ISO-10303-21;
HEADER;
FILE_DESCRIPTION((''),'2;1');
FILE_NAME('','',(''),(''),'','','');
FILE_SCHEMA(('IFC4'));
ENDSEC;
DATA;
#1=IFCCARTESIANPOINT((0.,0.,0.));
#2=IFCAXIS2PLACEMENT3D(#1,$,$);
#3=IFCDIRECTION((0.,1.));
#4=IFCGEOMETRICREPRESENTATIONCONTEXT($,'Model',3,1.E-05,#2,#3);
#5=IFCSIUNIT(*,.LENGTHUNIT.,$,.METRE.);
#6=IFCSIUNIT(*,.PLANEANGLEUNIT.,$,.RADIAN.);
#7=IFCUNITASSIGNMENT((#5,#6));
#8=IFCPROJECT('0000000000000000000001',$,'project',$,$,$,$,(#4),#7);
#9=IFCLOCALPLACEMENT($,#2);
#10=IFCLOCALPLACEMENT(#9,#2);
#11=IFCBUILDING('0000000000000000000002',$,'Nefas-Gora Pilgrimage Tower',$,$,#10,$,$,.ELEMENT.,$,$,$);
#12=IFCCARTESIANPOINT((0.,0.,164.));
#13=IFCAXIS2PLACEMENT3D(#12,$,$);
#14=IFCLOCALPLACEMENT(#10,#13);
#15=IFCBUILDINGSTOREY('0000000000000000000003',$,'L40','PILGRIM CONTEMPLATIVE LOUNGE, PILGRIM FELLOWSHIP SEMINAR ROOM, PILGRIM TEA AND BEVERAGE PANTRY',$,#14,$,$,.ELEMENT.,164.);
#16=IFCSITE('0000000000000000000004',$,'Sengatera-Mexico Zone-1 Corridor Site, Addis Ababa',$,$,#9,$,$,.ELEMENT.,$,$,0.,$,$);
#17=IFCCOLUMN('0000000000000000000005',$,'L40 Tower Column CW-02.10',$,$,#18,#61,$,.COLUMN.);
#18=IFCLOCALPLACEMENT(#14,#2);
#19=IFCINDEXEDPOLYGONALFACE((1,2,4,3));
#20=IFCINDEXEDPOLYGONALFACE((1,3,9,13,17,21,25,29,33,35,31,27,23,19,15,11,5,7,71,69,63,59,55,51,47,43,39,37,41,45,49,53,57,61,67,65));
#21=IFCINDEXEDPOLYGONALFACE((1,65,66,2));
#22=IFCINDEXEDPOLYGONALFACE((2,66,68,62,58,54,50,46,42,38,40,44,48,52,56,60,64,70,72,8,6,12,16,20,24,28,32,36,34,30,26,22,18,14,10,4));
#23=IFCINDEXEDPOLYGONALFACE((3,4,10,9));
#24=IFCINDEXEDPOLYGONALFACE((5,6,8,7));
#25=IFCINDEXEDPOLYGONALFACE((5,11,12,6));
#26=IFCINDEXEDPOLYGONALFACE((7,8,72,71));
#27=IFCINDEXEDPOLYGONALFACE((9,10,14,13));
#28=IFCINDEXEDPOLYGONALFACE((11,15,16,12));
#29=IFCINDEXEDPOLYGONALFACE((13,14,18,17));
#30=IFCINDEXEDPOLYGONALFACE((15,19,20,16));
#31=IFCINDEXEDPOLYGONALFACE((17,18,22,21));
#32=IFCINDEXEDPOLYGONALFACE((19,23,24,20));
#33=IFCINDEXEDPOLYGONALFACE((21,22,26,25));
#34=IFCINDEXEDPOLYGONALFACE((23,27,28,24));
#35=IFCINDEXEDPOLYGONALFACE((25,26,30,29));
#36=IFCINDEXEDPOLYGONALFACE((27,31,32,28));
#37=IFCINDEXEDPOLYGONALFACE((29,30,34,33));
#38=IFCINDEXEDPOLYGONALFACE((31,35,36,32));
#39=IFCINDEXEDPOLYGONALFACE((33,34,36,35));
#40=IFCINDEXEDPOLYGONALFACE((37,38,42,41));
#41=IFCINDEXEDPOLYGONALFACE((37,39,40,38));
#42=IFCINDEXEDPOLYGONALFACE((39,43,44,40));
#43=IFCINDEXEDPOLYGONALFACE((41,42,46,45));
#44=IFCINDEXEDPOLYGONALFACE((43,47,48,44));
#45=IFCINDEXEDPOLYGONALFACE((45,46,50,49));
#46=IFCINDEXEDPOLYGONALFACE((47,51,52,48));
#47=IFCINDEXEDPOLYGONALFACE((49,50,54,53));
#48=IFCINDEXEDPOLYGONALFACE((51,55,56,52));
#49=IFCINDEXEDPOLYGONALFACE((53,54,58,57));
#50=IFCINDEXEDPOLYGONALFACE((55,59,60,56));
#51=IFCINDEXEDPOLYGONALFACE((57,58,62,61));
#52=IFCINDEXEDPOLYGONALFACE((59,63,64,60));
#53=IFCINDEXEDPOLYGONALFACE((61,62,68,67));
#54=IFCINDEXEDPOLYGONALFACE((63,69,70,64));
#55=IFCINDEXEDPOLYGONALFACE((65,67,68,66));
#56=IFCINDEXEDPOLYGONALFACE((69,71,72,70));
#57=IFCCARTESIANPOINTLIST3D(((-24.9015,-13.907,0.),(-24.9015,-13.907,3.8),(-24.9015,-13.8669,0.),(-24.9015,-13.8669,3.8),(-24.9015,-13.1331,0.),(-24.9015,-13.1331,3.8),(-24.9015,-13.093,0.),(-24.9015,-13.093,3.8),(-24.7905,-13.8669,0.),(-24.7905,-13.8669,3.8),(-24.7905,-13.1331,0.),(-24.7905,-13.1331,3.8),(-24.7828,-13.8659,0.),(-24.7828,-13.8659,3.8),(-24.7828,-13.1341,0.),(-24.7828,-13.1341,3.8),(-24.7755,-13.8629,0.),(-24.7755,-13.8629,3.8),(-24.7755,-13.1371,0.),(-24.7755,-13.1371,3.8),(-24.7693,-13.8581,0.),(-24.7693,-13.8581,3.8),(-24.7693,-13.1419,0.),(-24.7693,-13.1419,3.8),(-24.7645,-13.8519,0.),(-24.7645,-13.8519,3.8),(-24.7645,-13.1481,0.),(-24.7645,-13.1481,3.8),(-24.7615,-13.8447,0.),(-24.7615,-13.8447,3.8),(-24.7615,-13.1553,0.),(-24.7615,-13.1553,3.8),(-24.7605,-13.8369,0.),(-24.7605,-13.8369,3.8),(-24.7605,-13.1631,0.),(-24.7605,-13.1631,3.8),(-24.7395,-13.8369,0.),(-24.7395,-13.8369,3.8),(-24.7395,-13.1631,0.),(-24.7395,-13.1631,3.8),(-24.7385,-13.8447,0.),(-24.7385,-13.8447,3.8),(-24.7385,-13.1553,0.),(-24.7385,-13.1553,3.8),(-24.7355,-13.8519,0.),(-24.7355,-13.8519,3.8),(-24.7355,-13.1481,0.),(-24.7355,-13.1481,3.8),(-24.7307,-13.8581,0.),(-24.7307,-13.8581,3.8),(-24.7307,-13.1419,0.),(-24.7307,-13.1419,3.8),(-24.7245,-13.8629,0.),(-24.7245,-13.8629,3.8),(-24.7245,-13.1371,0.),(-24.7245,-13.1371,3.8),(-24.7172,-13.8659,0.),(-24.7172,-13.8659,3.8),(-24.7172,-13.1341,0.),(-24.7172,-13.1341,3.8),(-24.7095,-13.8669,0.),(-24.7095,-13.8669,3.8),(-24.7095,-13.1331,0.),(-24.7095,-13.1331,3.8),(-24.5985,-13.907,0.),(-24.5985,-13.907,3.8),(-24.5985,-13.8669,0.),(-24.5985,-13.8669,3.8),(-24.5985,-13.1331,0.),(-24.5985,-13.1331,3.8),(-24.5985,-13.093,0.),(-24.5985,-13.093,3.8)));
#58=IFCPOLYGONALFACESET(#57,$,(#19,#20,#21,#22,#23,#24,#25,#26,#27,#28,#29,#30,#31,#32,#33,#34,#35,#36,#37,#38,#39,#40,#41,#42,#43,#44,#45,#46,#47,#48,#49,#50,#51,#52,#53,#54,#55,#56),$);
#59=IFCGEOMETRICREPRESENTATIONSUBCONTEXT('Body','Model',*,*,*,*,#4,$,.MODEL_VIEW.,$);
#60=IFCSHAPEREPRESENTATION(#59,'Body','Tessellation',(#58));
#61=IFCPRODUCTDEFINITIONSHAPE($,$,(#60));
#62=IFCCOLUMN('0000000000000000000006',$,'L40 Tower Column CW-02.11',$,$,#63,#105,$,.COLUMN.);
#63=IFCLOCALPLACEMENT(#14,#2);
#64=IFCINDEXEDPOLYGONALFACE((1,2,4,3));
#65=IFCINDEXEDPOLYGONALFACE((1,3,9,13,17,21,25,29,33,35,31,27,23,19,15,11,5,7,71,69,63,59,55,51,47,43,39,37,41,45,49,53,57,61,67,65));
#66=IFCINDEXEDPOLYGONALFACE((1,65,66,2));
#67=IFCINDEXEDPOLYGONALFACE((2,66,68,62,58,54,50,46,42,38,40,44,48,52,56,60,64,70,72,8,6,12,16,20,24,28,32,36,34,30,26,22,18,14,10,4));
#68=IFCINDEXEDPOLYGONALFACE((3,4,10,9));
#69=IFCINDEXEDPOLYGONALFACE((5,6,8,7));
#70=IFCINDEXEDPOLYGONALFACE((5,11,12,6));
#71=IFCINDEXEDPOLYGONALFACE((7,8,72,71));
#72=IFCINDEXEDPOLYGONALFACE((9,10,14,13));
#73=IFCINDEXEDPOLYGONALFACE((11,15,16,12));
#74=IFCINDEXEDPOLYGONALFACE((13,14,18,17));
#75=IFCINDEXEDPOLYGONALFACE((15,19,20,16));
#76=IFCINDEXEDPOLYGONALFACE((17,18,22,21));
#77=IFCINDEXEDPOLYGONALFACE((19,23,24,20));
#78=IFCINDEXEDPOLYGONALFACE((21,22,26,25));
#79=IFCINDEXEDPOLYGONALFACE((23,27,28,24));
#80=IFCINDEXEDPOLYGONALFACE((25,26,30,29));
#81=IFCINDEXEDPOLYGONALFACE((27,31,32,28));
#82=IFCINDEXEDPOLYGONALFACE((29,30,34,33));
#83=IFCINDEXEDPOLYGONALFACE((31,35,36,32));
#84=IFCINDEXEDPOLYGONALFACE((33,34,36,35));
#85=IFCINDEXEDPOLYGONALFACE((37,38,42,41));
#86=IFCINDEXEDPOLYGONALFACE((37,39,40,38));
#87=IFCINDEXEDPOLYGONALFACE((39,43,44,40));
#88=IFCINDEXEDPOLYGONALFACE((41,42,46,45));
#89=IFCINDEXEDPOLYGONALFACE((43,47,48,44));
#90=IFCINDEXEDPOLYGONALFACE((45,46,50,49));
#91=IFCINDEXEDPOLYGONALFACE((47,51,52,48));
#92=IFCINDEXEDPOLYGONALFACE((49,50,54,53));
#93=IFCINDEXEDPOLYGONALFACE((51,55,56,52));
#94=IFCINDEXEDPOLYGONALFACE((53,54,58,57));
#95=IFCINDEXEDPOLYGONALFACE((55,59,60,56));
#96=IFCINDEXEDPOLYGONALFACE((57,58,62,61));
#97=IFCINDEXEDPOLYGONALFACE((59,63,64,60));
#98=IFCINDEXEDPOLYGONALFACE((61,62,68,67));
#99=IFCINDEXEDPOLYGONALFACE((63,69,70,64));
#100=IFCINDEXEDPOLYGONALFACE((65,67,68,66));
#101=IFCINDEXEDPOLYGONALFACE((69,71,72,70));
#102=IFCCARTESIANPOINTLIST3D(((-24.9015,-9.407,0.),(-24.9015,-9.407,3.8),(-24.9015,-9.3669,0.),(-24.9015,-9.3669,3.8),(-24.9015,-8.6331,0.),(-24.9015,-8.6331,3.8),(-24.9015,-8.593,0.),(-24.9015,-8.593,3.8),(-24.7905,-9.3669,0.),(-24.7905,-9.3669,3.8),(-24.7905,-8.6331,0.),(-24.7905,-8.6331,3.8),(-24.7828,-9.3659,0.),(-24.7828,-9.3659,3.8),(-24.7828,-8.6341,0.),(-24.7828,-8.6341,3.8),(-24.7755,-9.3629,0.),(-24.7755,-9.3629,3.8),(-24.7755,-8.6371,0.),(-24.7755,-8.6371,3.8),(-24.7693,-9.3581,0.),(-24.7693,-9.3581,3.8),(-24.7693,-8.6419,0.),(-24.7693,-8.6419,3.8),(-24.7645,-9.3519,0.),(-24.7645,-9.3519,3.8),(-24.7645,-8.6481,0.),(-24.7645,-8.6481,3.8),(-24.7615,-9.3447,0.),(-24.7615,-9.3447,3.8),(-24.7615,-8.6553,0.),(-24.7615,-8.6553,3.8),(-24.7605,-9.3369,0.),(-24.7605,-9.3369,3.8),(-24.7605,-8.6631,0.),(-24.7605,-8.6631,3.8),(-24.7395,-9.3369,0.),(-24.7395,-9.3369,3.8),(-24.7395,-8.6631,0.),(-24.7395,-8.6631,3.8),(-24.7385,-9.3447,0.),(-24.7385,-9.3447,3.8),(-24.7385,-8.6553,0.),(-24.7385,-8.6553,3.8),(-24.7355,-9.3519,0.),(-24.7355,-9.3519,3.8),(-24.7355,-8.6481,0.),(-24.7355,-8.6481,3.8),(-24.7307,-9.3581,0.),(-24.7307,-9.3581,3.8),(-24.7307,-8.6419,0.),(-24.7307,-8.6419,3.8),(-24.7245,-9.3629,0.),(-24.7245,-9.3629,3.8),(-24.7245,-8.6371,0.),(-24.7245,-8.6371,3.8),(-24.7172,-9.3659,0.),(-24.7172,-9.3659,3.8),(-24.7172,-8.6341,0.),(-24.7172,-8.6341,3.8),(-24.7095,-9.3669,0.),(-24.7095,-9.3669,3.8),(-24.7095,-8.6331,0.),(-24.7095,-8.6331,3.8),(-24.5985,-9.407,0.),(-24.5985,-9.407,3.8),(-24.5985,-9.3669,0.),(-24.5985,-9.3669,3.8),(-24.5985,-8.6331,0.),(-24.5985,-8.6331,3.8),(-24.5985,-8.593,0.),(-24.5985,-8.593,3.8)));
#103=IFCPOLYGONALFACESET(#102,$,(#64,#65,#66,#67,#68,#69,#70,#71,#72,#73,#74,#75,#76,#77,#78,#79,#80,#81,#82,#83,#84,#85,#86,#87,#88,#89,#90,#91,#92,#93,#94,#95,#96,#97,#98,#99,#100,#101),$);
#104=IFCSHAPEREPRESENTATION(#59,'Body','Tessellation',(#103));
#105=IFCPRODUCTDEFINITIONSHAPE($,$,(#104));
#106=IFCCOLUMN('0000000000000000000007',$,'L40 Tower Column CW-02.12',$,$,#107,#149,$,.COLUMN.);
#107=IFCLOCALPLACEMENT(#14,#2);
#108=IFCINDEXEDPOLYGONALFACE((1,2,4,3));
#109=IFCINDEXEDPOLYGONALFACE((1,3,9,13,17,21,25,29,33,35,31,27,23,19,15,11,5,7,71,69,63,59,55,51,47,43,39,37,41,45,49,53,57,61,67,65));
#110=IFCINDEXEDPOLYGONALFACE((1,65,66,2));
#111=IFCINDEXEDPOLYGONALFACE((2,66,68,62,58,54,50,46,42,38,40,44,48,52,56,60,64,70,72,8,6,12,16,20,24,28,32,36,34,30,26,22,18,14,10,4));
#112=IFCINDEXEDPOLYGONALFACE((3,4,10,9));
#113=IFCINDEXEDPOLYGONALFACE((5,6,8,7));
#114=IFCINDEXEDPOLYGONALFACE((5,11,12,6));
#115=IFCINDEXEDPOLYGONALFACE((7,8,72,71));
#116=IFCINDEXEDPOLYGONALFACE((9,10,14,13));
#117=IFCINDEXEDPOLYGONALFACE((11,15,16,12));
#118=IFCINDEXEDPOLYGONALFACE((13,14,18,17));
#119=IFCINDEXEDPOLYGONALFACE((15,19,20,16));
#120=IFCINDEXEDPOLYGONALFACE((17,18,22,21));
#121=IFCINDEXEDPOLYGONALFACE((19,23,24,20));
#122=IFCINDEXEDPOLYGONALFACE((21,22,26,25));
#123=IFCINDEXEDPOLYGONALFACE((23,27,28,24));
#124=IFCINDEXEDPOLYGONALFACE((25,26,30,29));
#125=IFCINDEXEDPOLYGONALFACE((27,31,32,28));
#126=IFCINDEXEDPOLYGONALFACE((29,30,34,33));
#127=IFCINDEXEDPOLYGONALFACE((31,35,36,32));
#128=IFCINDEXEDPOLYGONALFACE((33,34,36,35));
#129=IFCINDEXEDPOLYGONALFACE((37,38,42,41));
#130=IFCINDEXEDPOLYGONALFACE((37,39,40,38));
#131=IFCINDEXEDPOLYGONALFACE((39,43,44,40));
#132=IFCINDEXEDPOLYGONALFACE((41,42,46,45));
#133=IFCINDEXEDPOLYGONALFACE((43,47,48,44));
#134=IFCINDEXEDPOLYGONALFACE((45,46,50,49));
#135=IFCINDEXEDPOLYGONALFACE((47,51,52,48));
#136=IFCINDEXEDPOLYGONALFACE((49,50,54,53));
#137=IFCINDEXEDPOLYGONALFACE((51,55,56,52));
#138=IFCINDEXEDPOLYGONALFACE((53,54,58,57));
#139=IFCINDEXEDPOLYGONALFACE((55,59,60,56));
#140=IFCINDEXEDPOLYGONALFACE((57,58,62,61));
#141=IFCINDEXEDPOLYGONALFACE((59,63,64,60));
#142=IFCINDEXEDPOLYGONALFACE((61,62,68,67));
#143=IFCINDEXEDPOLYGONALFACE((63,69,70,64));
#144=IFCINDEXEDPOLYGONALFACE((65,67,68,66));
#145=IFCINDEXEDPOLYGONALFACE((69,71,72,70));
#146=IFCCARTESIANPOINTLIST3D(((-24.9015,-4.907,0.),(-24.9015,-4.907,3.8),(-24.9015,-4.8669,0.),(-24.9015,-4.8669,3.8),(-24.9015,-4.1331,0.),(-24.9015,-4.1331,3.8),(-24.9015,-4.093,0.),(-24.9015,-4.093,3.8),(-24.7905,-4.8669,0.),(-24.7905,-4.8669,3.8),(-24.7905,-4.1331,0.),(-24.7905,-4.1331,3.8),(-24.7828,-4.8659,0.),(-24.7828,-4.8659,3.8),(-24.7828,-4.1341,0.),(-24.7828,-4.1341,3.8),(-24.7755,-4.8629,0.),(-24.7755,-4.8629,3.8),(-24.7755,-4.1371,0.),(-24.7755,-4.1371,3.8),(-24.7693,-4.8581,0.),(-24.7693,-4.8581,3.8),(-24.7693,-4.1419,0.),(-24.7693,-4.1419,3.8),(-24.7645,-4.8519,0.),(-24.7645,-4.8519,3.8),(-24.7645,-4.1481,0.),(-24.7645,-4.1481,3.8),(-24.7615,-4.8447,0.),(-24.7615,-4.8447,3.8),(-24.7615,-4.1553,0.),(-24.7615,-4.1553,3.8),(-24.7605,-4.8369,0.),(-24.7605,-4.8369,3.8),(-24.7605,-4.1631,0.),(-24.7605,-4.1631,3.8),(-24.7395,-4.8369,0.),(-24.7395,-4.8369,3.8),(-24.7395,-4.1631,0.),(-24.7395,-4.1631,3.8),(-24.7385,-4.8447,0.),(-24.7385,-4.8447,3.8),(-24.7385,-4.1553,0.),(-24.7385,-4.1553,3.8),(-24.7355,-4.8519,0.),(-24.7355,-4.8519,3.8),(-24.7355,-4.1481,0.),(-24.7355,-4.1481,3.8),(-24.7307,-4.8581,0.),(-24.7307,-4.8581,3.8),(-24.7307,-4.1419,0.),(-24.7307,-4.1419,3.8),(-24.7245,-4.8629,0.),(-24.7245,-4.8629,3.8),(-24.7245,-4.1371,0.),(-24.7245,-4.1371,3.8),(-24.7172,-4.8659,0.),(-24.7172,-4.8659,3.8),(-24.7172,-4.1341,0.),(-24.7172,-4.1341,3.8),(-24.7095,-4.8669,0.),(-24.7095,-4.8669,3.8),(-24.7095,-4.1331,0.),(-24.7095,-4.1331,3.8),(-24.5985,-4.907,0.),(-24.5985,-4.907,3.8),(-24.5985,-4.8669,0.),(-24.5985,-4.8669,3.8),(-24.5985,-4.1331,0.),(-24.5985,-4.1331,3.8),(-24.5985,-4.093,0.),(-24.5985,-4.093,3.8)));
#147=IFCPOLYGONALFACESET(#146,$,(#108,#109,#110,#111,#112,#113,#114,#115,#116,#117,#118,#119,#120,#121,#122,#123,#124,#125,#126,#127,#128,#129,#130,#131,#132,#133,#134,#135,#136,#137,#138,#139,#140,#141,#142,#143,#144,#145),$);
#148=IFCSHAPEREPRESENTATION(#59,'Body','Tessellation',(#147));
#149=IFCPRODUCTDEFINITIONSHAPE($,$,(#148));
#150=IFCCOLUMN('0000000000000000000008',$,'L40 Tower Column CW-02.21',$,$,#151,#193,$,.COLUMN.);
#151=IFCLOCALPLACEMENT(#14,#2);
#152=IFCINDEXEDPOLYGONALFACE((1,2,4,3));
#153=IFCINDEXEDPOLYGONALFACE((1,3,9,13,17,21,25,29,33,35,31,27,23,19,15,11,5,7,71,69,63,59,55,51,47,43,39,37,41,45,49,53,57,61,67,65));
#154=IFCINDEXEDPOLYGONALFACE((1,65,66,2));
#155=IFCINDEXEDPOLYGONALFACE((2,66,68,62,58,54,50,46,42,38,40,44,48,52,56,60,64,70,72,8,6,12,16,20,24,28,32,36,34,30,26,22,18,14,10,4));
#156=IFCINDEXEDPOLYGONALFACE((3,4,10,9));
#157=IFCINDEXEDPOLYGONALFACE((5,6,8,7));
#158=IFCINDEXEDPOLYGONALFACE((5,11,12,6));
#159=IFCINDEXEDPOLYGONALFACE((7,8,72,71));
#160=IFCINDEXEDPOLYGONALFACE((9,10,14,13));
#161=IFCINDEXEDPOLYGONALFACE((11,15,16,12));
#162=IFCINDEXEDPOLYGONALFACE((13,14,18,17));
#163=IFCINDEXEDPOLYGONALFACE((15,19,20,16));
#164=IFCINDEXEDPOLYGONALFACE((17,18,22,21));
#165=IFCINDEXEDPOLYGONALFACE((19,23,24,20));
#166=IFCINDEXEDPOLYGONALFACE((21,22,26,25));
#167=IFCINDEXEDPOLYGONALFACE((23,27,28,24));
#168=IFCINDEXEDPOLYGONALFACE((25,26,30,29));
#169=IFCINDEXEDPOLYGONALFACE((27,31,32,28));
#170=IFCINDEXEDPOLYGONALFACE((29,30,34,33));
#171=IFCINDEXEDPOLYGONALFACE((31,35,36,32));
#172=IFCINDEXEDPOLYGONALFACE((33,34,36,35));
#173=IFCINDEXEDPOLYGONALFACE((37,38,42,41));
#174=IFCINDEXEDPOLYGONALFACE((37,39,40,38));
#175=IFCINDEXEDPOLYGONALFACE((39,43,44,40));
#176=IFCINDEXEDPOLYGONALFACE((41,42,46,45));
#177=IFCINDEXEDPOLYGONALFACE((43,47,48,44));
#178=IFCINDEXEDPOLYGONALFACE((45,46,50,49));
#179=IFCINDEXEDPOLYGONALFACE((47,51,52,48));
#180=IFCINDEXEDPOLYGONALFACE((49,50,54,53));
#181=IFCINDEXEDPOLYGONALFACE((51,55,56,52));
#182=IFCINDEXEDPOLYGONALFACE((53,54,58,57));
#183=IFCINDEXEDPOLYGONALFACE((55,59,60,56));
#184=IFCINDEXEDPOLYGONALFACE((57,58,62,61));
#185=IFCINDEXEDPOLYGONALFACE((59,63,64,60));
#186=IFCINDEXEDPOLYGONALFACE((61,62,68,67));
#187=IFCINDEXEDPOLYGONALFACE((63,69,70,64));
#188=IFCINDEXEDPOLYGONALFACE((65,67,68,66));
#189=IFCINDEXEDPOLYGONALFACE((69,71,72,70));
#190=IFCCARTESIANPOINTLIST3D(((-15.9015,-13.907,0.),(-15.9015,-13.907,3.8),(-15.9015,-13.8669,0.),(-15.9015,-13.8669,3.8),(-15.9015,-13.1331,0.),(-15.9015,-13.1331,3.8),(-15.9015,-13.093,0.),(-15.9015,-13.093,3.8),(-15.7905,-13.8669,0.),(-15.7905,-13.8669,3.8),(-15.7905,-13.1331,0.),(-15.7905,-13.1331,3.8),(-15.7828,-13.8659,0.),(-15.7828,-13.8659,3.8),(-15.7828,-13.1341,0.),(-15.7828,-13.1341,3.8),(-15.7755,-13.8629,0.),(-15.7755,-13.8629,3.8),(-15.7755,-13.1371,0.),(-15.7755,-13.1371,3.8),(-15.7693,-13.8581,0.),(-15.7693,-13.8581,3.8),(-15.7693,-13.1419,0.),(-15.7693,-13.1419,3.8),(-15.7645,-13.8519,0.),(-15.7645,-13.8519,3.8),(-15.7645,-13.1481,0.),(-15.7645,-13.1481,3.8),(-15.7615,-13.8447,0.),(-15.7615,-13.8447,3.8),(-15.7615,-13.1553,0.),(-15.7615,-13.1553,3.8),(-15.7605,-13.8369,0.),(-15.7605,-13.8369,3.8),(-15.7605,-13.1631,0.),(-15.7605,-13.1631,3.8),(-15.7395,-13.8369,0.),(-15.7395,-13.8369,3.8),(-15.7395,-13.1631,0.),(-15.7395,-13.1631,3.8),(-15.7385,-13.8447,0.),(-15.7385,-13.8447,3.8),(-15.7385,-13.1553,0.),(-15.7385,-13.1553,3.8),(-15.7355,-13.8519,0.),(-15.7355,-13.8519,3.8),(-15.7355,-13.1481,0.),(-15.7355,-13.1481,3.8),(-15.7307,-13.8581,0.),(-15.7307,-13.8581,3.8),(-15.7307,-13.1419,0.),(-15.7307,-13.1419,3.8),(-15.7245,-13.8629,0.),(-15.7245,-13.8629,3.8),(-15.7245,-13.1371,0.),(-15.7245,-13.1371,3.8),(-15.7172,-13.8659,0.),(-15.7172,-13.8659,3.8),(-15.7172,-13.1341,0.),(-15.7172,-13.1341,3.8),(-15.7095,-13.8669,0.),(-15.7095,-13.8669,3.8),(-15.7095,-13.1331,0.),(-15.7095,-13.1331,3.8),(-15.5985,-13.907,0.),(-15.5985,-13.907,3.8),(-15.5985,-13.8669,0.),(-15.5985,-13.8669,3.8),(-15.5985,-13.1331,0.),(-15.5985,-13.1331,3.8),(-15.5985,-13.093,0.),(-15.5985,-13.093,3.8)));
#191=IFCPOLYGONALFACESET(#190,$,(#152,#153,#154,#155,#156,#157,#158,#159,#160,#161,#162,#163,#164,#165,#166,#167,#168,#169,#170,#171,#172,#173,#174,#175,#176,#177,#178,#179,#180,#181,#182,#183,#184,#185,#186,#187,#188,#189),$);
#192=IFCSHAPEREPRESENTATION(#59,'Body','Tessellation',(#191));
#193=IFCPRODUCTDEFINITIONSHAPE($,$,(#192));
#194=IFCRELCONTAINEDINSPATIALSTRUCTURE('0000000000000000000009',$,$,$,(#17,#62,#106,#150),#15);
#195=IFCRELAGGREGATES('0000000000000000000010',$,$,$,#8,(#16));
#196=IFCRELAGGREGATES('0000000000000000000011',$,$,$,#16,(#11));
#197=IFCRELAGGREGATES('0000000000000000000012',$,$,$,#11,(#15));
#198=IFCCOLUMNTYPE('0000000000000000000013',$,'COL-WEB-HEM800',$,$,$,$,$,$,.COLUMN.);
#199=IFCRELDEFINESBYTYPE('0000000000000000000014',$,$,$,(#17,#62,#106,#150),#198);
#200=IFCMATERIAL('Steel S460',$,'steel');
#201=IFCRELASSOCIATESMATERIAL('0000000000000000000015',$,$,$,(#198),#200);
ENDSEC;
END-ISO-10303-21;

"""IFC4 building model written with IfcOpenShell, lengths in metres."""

from ifc_helpers import new_model, si_unit, direction, frame, origin, origin_2d, place, context, subcontext, project, spatial, i_section, extrude, source, transform, mapped, material, material_profile, profile_set, type_object, element, save


model = new_model("IFC4")

# Units and contexts
model_context = context("Model", 3, precision=1e-05, world=origin(), true_north=direction((0.0, 1.0)))
body_context = subcontext(model_context, "Body", "Model", "MODEL_VIEW")
ifc_project = project(units=[si_unit("LENGTHUNIT", "METRE"), si_unit("PLANEANGLEUNIT", "RADIAN")], contexts=[model_context])

# Site, building, storey
site_placement = place(None, origin())
site = spatial("IfcSite", under=ifc_project, at=site_placement, Name="Sengatera-Mexico Zone-1 Corridor Site, Addis Ababa", CompositionType="ELEMENT", RefElevation=0.0)
building_placement = place(site_placement, origin())
building = spatial("IfcBuilding", under=site, at=building_placement, Name="Nefas-Gora Pilgrimage Tower", CompositionType="ELEMENT")
storey_placement = place(building_placement, frame((0.0, 0.0, 164.0)))
storey = spatial("IfcBuildingStorey", under=building, at=storey_placement, Name="L40", Description="PILGRIM CONTEMPLATIVE LOUNGE, PILGRIM FELLOWSHIP SEMINAR ROOM, PILGRIM TEA AND BEVERAGE PANTRY", CompositionType="ELEMENT", Elevation=164.0)

# Columns
ifc_material_1 = material(Name="Steel S460", Category="steel")
ifc_material_profile_1 = material_profile(ifc_material_1, i_section(OverallWidth=0.303, OverallDepth=0.814, WebThickness=0.021, FlangeThickness=0.04, FilletRadius=0.03, at=origin_2d()), Name="HEM 800")
ifc_profile_set_1 = profile_set([ifc_material_profile_1], Name="Steel S460")
column_type_1 = type_object("IfcColumnType", Name="COL-WEB-HEM800", PredefinedType="COLUMN", material=ifc_profile_set_1)
shared_shape_1 = source(origin(), body_context, "Body", "SweptSolid", [
    extrude(i_section(OverallWidth=0.303, OverallDepth=0.814, WebThickness=0.021, FlangeThickness=0.04, FilletRadius=0.03, at=origin_2d()), origin(), (0.0, 0.0, 1.0), 3.8),
])
for number, where, z_axis, x_axis, name in (
    (1, (-24.75, -13.5, 0.0), (0.0, 0.0, 1.0), (1.0, 0.0, 0.0), "L40 Tower Column CW-02.10"),
    (2, (-24.75, -9.0, 0.0), (0.0, 0.0, 1.0), (1.0, 0.0, 0.0), "L40 Tower Column CW-02.11"),
    (3, (-24.75, -4.5, 0.0), (0.0, 0.0, 1.0), (1.0, 0.0, 0.0), "L40 Tower Column CW-02.12"),
    (4, (-15.75, -13.5, 0.0), (0.0, 0.0, 1.0), (1.0, 0.0, 0.0), "L40 Tower Column CW-02.21"),
):
    element("IfcColumn", number, at=place(storey_placement, frame(where, z_axis=z_axis, x_axis=x_axis)), inside=storey, type_object=column_type_1, Name=name, PredefinedType="COLUMN", context=body_context, shape_type="MappedRepresentation", body=[
        mapped(shared_shape_1, transform((0.0, 0.0, 0.0), x_axis=(1.0, 0.0, 0.0), y_axis=(0.0, 1.0, 0.0), z_axis=(0.0, 0.0, 1.0), scale=1.0)),
    ])

save(model, "model.ifc")
